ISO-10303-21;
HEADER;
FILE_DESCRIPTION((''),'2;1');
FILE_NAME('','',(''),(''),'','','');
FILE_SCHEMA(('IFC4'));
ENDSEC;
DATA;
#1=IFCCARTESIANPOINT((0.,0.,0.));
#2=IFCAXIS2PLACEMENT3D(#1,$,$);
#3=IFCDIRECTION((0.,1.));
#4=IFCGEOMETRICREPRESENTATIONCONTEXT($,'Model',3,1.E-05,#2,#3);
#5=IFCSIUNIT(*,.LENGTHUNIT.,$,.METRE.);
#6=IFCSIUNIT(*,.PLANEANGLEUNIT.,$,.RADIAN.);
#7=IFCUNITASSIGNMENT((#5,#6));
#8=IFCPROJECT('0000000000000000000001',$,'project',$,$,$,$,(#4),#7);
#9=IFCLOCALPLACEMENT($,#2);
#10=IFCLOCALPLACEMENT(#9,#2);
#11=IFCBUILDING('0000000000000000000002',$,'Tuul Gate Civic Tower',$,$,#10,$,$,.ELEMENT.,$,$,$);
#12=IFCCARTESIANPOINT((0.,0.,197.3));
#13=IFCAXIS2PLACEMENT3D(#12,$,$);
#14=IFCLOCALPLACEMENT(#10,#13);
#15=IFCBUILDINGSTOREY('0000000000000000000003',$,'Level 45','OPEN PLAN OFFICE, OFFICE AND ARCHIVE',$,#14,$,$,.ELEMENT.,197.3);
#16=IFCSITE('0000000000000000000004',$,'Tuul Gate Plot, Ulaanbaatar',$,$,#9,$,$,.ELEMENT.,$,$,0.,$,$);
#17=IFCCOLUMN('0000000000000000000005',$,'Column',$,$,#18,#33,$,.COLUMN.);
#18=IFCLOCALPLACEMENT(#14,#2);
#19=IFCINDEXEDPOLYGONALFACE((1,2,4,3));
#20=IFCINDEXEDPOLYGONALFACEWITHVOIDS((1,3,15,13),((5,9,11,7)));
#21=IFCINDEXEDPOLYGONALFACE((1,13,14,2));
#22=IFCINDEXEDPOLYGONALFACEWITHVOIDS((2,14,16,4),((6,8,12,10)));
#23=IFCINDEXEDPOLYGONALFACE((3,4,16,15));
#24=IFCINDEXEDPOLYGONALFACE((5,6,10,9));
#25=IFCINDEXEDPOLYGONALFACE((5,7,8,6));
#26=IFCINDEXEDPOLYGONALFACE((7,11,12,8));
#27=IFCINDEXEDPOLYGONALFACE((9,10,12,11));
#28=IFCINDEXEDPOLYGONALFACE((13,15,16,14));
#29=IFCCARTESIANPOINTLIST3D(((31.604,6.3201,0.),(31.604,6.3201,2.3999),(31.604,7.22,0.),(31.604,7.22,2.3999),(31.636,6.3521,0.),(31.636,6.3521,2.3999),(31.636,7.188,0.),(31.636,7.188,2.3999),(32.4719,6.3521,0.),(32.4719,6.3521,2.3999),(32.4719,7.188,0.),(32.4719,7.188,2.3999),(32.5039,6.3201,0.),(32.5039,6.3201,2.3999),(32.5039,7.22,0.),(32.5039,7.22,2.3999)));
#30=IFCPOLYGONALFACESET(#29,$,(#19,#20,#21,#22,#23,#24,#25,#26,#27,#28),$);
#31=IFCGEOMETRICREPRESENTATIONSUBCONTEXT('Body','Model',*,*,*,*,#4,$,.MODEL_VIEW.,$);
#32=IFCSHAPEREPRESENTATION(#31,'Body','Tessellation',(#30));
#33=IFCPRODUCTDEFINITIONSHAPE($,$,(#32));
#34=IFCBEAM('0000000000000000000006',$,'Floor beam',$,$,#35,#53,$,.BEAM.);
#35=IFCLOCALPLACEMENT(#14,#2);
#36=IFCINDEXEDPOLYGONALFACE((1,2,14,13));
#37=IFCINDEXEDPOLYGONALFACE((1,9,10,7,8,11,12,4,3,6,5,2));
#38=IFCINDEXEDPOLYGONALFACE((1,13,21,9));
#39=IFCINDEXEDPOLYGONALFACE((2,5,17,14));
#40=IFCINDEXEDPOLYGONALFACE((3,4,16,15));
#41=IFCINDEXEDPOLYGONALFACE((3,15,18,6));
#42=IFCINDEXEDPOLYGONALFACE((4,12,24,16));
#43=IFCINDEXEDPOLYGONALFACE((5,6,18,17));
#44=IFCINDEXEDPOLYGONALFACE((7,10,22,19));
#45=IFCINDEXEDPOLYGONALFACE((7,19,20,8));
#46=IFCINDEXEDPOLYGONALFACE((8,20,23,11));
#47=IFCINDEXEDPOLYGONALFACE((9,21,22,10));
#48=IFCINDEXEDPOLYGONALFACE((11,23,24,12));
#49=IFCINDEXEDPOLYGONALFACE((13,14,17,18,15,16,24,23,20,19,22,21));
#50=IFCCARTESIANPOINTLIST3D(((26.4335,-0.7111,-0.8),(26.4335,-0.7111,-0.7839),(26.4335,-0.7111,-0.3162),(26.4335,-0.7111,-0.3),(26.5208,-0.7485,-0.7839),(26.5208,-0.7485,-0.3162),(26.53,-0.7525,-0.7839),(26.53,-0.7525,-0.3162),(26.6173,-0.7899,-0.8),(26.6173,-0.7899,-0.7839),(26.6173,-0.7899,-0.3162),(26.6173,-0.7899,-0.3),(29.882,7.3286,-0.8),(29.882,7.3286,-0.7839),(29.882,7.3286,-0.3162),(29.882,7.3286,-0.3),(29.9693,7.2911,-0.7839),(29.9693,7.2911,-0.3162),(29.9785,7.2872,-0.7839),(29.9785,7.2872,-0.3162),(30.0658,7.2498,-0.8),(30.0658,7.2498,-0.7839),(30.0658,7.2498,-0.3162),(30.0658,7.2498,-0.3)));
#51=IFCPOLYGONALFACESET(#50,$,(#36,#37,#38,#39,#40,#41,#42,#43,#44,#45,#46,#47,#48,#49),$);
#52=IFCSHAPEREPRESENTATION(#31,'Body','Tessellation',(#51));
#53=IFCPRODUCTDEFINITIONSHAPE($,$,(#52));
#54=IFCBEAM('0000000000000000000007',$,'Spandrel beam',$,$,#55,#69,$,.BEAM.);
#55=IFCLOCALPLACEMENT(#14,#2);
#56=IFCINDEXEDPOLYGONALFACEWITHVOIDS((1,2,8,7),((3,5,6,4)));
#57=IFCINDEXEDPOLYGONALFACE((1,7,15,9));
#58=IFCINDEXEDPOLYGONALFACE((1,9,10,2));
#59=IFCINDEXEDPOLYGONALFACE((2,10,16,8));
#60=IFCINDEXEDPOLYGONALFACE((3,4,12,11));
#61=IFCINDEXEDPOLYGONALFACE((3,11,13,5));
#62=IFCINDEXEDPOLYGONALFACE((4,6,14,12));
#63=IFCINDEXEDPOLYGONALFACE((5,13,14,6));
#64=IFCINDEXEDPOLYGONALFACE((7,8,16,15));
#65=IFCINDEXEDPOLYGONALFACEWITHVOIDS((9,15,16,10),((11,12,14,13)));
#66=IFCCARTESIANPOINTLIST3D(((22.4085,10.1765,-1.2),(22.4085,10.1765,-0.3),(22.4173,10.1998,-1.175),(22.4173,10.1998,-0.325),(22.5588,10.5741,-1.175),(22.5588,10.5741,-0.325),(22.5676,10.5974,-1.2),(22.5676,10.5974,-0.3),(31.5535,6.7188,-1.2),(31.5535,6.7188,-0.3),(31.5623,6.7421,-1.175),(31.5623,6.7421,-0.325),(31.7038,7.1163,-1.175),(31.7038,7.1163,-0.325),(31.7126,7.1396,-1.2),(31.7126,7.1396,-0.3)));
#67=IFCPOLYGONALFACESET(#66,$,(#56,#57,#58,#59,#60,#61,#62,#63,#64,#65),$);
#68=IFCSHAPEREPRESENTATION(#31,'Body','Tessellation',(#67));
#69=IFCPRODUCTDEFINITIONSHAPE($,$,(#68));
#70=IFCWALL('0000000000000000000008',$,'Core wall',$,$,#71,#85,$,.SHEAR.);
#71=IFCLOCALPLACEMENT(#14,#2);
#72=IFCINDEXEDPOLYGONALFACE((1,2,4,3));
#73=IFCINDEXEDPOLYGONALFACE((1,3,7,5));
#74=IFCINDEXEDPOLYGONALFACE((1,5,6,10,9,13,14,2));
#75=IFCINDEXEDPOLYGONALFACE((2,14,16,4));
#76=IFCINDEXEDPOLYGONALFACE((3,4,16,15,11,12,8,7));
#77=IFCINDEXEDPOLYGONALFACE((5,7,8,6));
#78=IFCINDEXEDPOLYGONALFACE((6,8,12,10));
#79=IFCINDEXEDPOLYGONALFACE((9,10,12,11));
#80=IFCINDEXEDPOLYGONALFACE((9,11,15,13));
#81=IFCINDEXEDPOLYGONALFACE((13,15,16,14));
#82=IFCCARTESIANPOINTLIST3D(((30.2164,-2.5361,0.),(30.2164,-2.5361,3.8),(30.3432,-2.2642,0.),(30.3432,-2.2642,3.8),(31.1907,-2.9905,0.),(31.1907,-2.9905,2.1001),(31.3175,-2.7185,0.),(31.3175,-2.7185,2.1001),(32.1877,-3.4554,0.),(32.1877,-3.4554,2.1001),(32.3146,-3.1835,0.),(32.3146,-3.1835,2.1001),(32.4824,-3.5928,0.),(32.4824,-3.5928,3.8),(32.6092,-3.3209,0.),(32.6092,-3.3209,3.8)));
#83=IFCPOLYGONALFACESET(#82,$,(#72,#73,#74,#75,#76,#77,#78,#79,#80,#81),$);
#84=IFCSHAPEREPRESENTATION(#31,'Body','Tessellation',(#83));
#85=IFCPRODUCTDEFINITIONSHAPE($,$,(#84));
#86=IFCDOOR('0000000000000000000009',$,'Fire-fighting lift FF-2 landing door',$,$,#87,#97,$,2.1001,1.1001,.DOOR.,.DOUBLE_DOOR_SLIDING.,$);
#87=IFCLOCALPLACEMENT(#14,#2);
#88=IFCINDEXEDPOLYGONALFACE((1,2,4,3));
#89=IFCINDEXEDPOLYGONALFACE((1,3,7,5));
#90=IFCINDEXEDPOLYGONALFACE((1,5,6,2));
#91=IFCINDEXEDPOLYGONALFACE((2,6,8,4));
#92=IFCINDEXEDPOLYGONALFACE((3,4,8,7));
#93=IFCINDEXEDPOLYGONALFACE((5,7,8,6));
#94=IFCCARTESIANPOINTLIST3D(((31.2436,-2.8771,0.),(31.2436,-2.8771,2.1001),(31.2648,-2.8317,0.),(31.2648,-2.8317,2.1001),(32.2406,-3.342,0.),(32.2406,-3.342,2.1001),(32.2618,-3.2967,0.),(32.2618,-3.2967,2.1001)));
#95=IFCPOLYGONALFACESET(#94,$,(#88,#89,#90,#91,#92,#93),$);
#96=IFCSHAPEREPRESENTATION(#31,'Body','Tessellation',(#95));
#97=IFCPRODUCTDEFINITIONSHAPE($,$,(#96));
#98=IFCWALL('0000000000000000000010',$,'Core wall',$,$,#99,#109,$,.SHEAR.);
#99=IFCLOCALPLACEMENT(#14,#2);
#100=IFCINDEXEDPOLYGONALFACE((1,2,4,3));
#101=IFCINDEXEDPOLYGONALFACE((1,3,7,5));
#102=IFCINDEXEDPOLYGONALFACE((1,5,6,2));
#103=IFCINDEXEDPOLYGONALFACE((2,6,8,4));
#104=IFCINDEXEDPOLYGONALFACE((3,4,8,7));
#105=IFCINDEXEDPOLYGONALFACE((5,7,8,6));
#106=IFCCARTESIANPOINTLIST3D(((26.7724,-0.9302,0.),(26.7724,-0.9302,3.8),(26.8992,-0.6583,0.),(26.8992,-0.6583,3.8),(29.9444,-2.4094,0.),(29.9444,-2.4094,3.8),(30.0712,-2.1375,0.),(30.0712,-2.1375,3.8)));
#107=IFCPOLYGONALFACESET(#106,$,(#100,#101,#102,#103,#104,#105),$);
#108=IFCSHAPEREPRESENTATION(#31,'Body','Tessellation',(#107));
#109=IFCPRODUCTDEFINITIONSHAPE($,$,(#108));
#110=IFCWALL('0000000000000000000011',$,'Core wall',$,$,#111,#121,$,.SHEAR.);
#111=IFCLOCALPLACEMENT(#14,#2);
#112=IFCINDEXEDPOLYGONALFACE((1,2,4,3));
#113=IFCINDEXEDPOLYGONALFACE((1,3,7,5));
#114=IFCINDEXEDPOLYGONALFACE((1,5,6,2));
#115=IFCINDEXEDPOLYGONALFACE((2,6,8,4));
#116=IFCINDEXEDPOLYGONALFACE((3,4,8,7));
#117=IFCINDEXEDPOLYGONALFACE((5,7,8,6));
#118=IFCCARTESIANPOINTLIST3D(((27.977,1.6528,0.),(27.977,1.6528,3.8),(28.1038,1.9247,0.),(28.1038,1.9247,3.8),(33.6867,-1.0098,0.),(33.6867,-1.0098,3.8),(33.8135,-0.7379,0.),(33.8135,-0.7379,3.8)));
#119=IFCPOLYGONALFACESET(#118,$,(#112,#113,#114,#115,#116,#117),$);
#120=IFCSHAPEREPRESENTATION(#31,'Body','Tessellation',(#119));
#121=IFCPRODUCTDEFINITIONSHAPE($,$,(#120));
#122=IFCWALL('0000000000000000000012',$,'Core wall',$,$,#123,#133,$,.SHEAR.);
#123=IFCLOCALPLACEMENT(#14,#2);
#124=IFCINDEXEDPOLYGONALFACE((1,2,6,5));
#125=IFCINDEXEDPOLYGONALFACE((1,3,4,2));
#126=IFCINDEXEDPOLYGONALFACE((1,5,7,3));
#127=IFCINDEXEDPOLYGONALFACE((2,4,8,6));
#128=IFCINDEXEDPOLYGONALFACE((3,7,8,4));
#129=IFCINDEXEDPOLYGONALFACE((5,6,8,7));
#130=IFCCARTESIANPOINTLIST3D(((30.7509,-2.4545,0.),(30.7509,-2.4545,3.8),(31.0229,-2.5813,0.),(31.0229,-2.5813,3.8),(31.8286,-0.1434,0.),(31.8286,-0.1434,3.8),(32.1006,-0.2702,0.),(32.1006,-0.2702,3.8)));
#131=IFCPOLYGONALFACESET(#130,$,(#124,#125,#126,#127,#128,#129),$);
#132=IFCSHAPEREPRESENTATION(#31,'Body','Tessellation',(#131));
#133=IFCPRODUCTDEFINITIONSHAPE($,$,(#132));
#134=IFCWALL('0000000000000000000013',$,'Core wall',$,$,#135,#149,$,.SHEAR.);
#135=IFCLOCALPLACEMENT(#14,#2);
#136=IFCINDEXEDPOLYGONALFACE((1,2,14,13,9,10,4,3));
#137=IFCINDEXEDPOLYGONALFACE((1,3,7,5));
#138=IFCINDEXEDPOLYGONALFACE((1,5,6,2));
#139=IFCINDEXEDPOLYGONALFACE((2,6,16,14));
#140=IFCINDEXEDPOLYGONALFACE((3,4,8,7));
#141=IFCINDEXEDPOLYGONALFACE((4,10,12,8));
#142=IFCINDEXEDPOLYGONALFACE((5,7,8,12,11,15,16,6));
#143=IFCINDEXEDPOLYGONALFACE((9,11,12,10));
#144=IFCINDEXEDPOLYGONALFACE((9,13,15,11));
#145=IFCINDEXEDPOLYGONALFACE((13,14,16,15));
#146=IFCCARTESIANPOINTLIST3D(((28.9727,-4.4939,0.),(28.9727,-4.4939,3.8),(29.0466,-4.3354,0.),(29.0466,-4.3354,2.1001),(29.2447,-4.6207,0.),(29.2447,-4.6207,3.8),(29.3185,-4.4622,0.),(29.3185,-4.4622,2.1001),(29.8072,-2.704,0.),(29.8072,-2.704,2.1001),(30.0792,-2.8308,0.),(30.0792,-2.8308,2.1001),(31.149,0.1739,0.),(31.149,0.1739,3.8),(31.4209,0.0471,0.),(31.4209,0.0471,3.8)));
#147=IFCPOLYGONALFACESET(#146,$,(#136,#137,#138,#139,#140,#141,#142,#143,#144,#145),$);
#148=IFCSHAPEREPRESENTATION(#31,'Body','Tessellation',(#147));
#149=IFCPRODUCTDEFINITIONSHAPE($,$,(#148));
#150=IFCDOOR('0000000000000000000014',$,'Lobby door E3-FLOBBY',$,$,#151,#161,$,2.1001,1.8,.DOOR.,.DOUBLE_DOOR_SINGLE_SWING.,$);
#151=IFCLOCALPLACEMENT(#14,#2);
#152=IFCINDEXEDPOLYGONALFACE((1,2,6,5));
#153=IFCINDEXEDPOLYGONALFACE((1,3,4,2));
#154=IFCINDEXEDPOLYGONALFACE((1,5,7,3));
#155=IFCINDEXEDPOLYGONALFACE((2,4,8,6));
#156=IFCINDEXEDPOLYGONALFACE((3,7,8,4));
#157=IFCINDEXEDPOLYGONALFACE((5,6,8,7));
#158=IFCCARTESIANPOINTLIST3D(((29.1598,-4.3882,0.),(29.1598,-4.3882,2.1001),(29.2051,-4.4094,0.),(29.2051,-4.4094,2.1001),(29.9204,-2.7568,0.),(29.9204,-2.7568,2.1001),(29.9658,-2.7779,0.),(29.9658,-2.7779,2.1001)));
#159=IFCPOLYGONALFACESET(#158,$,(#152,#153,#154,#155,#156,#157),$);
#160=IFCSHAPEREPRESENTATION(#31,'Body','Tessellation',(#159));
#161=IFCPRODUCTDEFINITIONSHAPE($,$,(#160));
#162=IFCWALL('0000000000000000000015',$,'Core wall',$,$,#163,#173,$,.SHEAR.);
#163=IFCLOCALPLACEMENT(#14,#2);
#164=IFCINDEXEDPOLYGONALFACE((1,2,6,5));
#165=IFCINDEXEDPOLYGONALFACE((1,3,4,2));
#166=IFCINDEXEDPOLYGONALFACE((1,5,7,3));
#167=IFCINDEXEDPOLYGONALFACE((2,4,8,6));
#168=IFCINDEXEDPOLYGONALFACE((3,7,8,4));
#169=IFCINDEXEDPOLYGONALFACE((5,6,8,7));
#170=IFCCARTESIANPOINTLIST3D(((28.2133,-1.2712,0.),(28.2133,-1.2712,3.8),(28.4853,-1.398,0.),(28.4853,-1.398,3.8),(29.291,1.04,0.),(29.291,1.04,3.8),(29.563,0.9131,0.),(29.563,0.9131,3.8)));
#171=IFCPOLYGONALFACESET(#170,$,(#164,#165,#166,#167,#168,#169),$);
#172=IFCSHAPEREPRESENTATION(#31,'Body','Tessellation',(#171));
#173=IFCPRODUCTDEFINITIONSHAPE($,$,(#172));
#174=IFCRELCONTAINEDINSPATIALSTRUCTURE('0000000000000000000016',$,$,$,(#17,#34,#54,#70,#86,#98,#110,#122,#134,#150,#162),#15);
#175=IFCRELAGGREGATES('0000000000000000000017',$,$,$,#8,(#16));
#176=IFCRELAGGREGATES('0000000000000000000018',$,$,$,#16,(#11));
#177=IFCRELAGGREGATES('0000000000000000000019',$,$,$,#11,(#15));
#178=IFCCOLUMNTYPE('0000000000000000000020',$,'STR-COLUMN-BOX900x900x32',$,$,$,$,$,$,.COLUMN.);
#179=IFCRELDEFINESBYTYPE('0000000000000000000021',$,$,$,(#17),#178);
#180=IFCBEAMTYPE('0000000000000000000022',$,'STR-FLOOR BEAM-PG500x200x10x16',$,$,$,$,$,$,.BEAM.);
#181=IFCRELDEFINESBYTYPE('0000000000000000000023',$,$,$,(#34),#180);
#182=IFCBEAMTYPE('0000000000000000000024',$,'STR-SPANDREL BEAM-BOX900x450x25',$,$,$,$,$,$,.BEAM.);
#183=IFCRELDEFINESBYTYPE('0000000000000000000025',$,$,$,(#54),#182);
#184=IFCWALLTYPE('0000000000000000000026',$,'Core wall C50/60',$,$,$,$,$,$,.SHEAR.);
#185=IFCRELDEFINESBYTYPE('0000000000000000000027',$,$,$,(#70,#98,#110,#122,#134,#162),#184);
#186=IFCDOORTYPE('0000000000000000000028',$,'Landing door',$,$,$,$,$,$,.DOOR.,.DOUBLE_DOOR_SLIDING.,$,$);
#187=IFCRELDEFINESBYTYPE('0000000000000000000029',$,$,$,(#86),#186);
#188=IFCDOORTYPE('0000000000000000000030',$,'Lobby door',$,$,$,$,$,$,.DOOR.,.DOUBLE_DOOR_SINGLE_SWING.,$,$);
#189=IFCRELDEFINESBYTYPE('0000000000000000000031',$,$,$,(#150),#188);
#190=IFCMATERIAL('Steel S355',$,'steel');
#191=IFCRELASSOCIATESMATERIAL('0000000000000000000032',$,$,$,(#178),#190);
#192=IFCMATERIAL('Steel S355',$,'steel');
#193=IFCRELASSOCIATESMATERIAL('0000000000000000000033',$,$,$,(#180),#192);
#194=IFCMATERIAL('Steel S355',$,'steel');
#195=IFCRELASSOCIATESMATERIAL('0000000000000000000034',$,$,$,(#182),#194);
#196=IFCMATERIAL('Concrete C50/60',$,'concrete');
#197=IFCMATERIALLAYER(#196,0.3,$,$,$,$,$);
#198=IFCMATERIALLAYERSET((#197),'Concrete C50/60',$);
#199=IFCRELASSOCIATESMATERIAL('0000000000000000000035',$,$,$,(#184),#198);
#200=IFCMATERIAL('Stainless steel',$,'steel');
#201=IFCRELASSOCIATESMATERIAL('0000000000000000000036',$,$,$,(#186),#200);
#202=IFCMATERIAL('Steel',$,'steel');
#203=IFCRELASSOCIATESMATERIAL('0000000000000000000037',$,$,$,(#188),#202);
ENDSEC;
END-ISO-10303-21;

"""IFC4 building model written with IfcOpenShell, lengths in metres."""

from ifc_helpers import new_model, si_unit, direction, frame, frame_2d, origin, origin_2d, place, context, subcontext, project, spatial, rectangle, hollow_rectangle, i_section, extrude, material, layer, layer_set, material_profile, profile_set, type_object, element, fill, save


model = new_model("IFC4")

# Units and contexts
model_context = context("Model", 3, precision=1e-05, world=origin(), true_north=direction((0.0, 1.0)))
body_context = subcontext(model_context, "Body", "Model", "MODEL_VIEW")
ifc_project = project(units=[si_unit("LENGTHUNIT", "METRE"), si_unit("PLANEANGLEUNIT", "RADIAN")], contexts=[model_context])

# Site, building, storey
site_placement = place(None, origin())
site = spatial("IfcSite", under=ifc_project, at=site_placement, Name="Tuul Gate Plot, Ulaanbaatar", CompositionType="ELEMENT", RefElevation=0.0)
building_placement = place(site_placement, origin())
building = spatial("IfcBuilding", under=site, at=building_placement, Name="Tuul Gate Civic Tower", CompositionType="ELEMENT")
storey_placement = place(building_placement, frame((0.0, 0.0, 197.3)))
storey = spatial("IfcBuildingStorey", under=building, at=storey_placement, Name="Level 45", Description="OPEN PLAN OFFICE, OFFICE AND ARCHIVE", CompositionType="ELEMENT", Elevation=197.3)

# Column
ifc_material_1 = material(Name="Steel S355", Category="steel")
ifc_material_profile_1 = material_profile(ifc_material_1, hollow_rectangle(XDim=0.8999, YDim=0.8999, WallThickness=0.032, at=origin_2d()), Name="BOX900x900x32")
ifc_profile_set_1 = profile_set([ifc_material_profile_1], Name="Steel S355")
column_type = type_object("IfcColumnType", Name="STR-COLUMN-BOX900x900x32", PredefinedType="COLUMN", material=ifc_profile_set_1)
column_placement = place(storey_placement, frame((32.054, 6.77, 0.0), z_axis=(0.0, 0.0, 1.0), x_axis=(1.0, 0.0, 0.0)))
element("IfcColumn", 1, at=column_placement, inside=storey, type_object=column_type, Name="Column", PredefinedType="COLUMN", context=body_context, shape_type="SweptSolid", body=[
    extrude(hollow_rectangle(XDim=0.8999, YDim=0.8999, WallThickness=0.032, at=origin_2d()), origin(), (0.0, 0.0, 1.0), 2.3999),
])

# Beams
ifc_material_2 = material(Name="Steel S355", Category="steel")
ifc_material_profile_2 = material_profile(ifc_material_2, i_section(OverallWidth=0.2, OverallDepth=0.5, WebThickness=0.01, FlangeThickness=0.0161, at=origin_2d()), Name="PG500x200x10x16")
ifc_profile_set_2 = profile_set([ifc_material_profile_2], Name="Steel S355")
beam_type_1 = type_object("IfcBeamType", Name="STR-FLOOR BEAM-PG500x200x10x16", PredefinedType="BEAM", material=ifc_profile_set_2)
beam_1_placement = place(storey_placement, frame((26.5254, -0.7505, -0.55), z_axis=(0.394206, 0.919022, 0.0), x_axis=(-0.919022, 0.394206, 0.0)))
element("IfcBeam", 2, at=beam_1_placement, inside=storey, type_object=beam_type_1, Name="Floor beam", PredefinedType="BEAM", context=body_context, shape_type="SweptSolid", body=[
    extrude(i_section(OverallWidth=0.2, OverallDepth=0.5, WebThickness=0.01, FlangeThickness=0.0161, at=origin_2d()), origin(), (0.0, 0.0, 1.0), 8.748),
])
ifc_material_3 = material(Name="Steel S355", Category="steel")
ifc_material_profile_3 = material_profile(ifc_material_3, hollow_rectangle(XDim=0.45, YDim=0.8999, WallThickness=0.0249, at=origin_2d()), Name="BOX900x450x25")
ifc_profile_set_3 = profile_set([ifc_material_profile_3], Name="Steel S355")
beam_type_2 = type_object("IfcBeamType", Name="STR-SPANDREL BEAM-BOX900x450x25", PredefinedType="BEAM", material=ifc_profile_set_3)
beam_2_placement = place(storey_placement, frame((31.6331, 6.9292, -0.75), z_axis=(-0.935371, 0.353667, 0.0), x_axis=(-0.353667, -0.935371, 0.0)))
element("IfcBeam", 3, at=beam_2_placement, inside=storey, type_object=beam_type_2, Name="Spandrel beam", PredefinedType="BEAM", context=body_context, shape_type="SweptSolid", body=[
    extrude(hollow_rectangle(XDim=0.45, YDim=0.8999, WallThickness=0.0249, at=origin_2d()), origin(), (0.0, 0.0, 1.0), 9.7769),
])

# Wall, opening, door
ifc_material_4 = material(Name="Concrete C50/60", Category="concrete")
ifc_layer_1 = layer(ifc_material_4, 0.3)
ifc_layer_set_1 = layer_set([ifc_layer_1], Name="Concrete C50/60")
wall_type_1 = type_object("IfcWallType", Name="Core wall C50/60", PredefinedType="SHEAR", material=ifc_layer_set_1)
wall_1_placement = place(storey_placement, frame((32.5457, -3.4568, 0.0), z_axis=(0.0, 0.0, 1.0), x_axis=(-0.9063, 0.422634, 0.0)))
wall_1 = element("IfcWall", 4, at=wall_1_placement, inside=storey, type_object=wall_type_1, Name="Core wall", PredefinedType="SHEAR", context=body_context, shape_type="SweptSolid", body=[
    extrude(rectangle(XDim=2.5002, YDim=0.3, at=frame_2d((1.25, 0.0))), origin(), (0.0, 0.0, 1.0), 3.8),
])
opening_1_placement = place(wall_1_placement, frame((0.325, 0.0, 0.0)))
opening_1 = element("IfcOpeningElement", 5, at=opening_1_placement, cuts=wall_1, PredefinedType="OPENING", context=body_context, shape_type="SweptSolid", body=[
    extrude(rectangle(XDim=1.1001, YDim=2.1001, at=frame_2d((0.55, 1.05))), frame((0.0, 0.1602, 0.0), z_axis=(0.0, -1.0, 0.0), x_axis=(1.0, 0.0, 0.0)), (0.0, 0.0, 1.0), 0.3201),
])
ifc_material_5 = material(Name="Stainless steel", Category="steel")
door_type_1 = type_object("IfcDoorType", Name="Landing door", OperationType="DOUBLE_DOOR_SLIDING", PredefinedType="DOOR", material=ifc_material_5)
door_1_placement = place(opening_1_placement, origin())
door_1 = element("IfcDoor", 6, at=door_1_placement, inside=storey, type_object=door_type_1, Name="Fire-fighting lift FF-2 landing door", OperationType="DOUBLE_DOOR_SLIDING", OverallHeight=2.1001, OverallWidth=1.1001, PredefinedType="DOOR", context=body_context, shape_type="SweptSolid", body=[
    extrude(rectangle(XDim=1.1001, YDim=2.1001, at=frame_2d((0.55, 1.05))), frame((0.0, 0.0249, 0.0), z_axis=(0.0, -1.0, 0.0), x_axis=(1.0, 0.0, 0.0)), (0.0, 0.0, 1.0), 0.05),
])
fill(opening_1, door_1)

# Walls
wall_2_placement = place(storey_placement, frame((30.0078, -2.2734, 0.0), z_axis=(0.0, 0.0, 1.0), x_axis=(-0.906301, 0.422633, 0.0)))
element("IfcWall", 7, at=wall_2_placement, inside=storey, type_object=wall_type_1, Name="Core wall", PredefinedType="SHEAR", context=body_context, shape_type="SweptSolid", body=[
    extrude(rectangle(XDim=3.5, YDim=0.3, at=frame_2d((1.75, 0.0))), origin(), (0.0, 0.0, 1.0), 3.8),
])
wall_3_placement = place(storey_placement, frame((33.75, -0.8738, 0.0), z_axis=(0.0, 0.0, 1.0), x_axis=(-0.906301, 0.422633, 0.0)))
element("IfcWall", 8, at=wall_3_placement, inside=storey, type_object=wall_type_1, Name="Core wall", PredefinedType="SHEAR", context=body_context, shape_type="SweptSolid", body=[
    extrude(rectangle(XDim=6.3, YDim=0.3, at=frame_2d((3.1499, 0.0))), origin(), (0.0, 0.0, 1.0), 3.8),
])
wall_4_placement = place(storey_placement, frame((30.887, -2.5178, 0.0), z_axis=(0.0, 0.0, 1.0), x_axis=(0.422613, 0.90631, 0.0)))
element("IfcWall", 9, at=wall_4_placement, inside=storey, type_object=wall_type_1, Name="Core wall", PredefinedType="SHEAR", context=body_context, shape_type="SweptSolid", body=[
    extrude(rectangle(XDim=2.55, YDim=0.3, at=frame_2d((1.2749, 0.0))), origin(), (0.0, 0.0, 1.0), 3.8),
])

# Wall, opening, door
wall_5_placement = place(storey_placement, frame((29.1086, -4.5574, 0.0), z_axis=(0.0, 0.0, 1.0), x_axis=(0.422566, 0.906332, 0.0)))
wall_5 = element("IfcWall", 10, at=wall_5_placement, inside=storey, type_object=wall_type_1, Name="Core wall", PredefinedType="SHEAR", context=body_context, shape_type="SweptSolid", body=[
    extrude(rectangle(XDim=5.1501, YDim=0.3, at=frame_2d((2.5752, 0.0))), origin(), (0.0, 0.0, 1.0), 3.8),
])
opening_2_placement = place(wall_5_placement, frame((0.175, 0.0, 0.0)))
opening_2 = element("IfcOpeningElement", 11, at=opening_2_placement, cuts=wall_5, PredefinedType="OPENING", context=body_context, shape_type="SweptSolid", body=[
    extrude(rectangle(XDim=1.8, YDim=2.1001, at=frame_2d((0.8999, 1.05))), frame((0.0, 0.1602, 0.0), z_axis=(0.0, -1.0, 0.0), x_axis=(1.0, 0.0, 0.0)), (0.0, 0.0, 1.0), 0.3201),
])
ifc_material_6 = material(Name="Steel", Category="steel")
door_type_2 = type_object("IfcDoorType", Name="Lobby door", OperationType="DOUBLE_DOOR_SINGLE_SWING", PredefinedType="DOOR", material=ifc_material_6)
door_2_placement = place(opening_2_placement, frame((1.8, 0.0, 0.0), z_axis=(0.0, 0.0, 1.0), x_axis=(-1.0, 0.0, 0.0)))
door_2 = element("IfcDoor", 12, at=door_2_placement, inside=storey, type_object=door_type_2, Name="Lobby door E3-FLOBBY", OperationType="DOUBLE_DOOR_SINGLE_SWING", OverallHeight=2.1001, OverallWidth=1.8, PredefinedType="DOOR", context=body_context, shape_type="SweptSolid", body=[
    extrude(rectangle(XDim=1.8, YDim=2.1001, at=frame_2d((0.9001, 1.05))), frame((0.0, 0.0249, 0.0), z_axis=(0.0, -1.0, 0.0), x_axis=(1.0, 0.0, 0.0)), (0.0, 0.0, 1.0), 0.05),
])
fill(opening_2, door_2)

# Wall
wall_6_placement = place(storey_placement, frame((28.3494, -1.3345, 0.0), z_axis=(0.0, 0.0, 1.0), x_axis=(0.422613, 0.90631, 0.0)))
element("IfcWall", 13, at=wall_6_placement, inside=storey, type_object=wall_type_1, Name="Core wall", PredefinedType="SHEAR", context=body_context, shape_type="SweptSolid", body=[
    extrude(rectangle(XDim=2.55, YDim=0.3, at=frame_2d((1.2749, 0.0))), origin(), (0.0, 0.0, 1.0), 3.8),
])

save(model, "model.ifc")
